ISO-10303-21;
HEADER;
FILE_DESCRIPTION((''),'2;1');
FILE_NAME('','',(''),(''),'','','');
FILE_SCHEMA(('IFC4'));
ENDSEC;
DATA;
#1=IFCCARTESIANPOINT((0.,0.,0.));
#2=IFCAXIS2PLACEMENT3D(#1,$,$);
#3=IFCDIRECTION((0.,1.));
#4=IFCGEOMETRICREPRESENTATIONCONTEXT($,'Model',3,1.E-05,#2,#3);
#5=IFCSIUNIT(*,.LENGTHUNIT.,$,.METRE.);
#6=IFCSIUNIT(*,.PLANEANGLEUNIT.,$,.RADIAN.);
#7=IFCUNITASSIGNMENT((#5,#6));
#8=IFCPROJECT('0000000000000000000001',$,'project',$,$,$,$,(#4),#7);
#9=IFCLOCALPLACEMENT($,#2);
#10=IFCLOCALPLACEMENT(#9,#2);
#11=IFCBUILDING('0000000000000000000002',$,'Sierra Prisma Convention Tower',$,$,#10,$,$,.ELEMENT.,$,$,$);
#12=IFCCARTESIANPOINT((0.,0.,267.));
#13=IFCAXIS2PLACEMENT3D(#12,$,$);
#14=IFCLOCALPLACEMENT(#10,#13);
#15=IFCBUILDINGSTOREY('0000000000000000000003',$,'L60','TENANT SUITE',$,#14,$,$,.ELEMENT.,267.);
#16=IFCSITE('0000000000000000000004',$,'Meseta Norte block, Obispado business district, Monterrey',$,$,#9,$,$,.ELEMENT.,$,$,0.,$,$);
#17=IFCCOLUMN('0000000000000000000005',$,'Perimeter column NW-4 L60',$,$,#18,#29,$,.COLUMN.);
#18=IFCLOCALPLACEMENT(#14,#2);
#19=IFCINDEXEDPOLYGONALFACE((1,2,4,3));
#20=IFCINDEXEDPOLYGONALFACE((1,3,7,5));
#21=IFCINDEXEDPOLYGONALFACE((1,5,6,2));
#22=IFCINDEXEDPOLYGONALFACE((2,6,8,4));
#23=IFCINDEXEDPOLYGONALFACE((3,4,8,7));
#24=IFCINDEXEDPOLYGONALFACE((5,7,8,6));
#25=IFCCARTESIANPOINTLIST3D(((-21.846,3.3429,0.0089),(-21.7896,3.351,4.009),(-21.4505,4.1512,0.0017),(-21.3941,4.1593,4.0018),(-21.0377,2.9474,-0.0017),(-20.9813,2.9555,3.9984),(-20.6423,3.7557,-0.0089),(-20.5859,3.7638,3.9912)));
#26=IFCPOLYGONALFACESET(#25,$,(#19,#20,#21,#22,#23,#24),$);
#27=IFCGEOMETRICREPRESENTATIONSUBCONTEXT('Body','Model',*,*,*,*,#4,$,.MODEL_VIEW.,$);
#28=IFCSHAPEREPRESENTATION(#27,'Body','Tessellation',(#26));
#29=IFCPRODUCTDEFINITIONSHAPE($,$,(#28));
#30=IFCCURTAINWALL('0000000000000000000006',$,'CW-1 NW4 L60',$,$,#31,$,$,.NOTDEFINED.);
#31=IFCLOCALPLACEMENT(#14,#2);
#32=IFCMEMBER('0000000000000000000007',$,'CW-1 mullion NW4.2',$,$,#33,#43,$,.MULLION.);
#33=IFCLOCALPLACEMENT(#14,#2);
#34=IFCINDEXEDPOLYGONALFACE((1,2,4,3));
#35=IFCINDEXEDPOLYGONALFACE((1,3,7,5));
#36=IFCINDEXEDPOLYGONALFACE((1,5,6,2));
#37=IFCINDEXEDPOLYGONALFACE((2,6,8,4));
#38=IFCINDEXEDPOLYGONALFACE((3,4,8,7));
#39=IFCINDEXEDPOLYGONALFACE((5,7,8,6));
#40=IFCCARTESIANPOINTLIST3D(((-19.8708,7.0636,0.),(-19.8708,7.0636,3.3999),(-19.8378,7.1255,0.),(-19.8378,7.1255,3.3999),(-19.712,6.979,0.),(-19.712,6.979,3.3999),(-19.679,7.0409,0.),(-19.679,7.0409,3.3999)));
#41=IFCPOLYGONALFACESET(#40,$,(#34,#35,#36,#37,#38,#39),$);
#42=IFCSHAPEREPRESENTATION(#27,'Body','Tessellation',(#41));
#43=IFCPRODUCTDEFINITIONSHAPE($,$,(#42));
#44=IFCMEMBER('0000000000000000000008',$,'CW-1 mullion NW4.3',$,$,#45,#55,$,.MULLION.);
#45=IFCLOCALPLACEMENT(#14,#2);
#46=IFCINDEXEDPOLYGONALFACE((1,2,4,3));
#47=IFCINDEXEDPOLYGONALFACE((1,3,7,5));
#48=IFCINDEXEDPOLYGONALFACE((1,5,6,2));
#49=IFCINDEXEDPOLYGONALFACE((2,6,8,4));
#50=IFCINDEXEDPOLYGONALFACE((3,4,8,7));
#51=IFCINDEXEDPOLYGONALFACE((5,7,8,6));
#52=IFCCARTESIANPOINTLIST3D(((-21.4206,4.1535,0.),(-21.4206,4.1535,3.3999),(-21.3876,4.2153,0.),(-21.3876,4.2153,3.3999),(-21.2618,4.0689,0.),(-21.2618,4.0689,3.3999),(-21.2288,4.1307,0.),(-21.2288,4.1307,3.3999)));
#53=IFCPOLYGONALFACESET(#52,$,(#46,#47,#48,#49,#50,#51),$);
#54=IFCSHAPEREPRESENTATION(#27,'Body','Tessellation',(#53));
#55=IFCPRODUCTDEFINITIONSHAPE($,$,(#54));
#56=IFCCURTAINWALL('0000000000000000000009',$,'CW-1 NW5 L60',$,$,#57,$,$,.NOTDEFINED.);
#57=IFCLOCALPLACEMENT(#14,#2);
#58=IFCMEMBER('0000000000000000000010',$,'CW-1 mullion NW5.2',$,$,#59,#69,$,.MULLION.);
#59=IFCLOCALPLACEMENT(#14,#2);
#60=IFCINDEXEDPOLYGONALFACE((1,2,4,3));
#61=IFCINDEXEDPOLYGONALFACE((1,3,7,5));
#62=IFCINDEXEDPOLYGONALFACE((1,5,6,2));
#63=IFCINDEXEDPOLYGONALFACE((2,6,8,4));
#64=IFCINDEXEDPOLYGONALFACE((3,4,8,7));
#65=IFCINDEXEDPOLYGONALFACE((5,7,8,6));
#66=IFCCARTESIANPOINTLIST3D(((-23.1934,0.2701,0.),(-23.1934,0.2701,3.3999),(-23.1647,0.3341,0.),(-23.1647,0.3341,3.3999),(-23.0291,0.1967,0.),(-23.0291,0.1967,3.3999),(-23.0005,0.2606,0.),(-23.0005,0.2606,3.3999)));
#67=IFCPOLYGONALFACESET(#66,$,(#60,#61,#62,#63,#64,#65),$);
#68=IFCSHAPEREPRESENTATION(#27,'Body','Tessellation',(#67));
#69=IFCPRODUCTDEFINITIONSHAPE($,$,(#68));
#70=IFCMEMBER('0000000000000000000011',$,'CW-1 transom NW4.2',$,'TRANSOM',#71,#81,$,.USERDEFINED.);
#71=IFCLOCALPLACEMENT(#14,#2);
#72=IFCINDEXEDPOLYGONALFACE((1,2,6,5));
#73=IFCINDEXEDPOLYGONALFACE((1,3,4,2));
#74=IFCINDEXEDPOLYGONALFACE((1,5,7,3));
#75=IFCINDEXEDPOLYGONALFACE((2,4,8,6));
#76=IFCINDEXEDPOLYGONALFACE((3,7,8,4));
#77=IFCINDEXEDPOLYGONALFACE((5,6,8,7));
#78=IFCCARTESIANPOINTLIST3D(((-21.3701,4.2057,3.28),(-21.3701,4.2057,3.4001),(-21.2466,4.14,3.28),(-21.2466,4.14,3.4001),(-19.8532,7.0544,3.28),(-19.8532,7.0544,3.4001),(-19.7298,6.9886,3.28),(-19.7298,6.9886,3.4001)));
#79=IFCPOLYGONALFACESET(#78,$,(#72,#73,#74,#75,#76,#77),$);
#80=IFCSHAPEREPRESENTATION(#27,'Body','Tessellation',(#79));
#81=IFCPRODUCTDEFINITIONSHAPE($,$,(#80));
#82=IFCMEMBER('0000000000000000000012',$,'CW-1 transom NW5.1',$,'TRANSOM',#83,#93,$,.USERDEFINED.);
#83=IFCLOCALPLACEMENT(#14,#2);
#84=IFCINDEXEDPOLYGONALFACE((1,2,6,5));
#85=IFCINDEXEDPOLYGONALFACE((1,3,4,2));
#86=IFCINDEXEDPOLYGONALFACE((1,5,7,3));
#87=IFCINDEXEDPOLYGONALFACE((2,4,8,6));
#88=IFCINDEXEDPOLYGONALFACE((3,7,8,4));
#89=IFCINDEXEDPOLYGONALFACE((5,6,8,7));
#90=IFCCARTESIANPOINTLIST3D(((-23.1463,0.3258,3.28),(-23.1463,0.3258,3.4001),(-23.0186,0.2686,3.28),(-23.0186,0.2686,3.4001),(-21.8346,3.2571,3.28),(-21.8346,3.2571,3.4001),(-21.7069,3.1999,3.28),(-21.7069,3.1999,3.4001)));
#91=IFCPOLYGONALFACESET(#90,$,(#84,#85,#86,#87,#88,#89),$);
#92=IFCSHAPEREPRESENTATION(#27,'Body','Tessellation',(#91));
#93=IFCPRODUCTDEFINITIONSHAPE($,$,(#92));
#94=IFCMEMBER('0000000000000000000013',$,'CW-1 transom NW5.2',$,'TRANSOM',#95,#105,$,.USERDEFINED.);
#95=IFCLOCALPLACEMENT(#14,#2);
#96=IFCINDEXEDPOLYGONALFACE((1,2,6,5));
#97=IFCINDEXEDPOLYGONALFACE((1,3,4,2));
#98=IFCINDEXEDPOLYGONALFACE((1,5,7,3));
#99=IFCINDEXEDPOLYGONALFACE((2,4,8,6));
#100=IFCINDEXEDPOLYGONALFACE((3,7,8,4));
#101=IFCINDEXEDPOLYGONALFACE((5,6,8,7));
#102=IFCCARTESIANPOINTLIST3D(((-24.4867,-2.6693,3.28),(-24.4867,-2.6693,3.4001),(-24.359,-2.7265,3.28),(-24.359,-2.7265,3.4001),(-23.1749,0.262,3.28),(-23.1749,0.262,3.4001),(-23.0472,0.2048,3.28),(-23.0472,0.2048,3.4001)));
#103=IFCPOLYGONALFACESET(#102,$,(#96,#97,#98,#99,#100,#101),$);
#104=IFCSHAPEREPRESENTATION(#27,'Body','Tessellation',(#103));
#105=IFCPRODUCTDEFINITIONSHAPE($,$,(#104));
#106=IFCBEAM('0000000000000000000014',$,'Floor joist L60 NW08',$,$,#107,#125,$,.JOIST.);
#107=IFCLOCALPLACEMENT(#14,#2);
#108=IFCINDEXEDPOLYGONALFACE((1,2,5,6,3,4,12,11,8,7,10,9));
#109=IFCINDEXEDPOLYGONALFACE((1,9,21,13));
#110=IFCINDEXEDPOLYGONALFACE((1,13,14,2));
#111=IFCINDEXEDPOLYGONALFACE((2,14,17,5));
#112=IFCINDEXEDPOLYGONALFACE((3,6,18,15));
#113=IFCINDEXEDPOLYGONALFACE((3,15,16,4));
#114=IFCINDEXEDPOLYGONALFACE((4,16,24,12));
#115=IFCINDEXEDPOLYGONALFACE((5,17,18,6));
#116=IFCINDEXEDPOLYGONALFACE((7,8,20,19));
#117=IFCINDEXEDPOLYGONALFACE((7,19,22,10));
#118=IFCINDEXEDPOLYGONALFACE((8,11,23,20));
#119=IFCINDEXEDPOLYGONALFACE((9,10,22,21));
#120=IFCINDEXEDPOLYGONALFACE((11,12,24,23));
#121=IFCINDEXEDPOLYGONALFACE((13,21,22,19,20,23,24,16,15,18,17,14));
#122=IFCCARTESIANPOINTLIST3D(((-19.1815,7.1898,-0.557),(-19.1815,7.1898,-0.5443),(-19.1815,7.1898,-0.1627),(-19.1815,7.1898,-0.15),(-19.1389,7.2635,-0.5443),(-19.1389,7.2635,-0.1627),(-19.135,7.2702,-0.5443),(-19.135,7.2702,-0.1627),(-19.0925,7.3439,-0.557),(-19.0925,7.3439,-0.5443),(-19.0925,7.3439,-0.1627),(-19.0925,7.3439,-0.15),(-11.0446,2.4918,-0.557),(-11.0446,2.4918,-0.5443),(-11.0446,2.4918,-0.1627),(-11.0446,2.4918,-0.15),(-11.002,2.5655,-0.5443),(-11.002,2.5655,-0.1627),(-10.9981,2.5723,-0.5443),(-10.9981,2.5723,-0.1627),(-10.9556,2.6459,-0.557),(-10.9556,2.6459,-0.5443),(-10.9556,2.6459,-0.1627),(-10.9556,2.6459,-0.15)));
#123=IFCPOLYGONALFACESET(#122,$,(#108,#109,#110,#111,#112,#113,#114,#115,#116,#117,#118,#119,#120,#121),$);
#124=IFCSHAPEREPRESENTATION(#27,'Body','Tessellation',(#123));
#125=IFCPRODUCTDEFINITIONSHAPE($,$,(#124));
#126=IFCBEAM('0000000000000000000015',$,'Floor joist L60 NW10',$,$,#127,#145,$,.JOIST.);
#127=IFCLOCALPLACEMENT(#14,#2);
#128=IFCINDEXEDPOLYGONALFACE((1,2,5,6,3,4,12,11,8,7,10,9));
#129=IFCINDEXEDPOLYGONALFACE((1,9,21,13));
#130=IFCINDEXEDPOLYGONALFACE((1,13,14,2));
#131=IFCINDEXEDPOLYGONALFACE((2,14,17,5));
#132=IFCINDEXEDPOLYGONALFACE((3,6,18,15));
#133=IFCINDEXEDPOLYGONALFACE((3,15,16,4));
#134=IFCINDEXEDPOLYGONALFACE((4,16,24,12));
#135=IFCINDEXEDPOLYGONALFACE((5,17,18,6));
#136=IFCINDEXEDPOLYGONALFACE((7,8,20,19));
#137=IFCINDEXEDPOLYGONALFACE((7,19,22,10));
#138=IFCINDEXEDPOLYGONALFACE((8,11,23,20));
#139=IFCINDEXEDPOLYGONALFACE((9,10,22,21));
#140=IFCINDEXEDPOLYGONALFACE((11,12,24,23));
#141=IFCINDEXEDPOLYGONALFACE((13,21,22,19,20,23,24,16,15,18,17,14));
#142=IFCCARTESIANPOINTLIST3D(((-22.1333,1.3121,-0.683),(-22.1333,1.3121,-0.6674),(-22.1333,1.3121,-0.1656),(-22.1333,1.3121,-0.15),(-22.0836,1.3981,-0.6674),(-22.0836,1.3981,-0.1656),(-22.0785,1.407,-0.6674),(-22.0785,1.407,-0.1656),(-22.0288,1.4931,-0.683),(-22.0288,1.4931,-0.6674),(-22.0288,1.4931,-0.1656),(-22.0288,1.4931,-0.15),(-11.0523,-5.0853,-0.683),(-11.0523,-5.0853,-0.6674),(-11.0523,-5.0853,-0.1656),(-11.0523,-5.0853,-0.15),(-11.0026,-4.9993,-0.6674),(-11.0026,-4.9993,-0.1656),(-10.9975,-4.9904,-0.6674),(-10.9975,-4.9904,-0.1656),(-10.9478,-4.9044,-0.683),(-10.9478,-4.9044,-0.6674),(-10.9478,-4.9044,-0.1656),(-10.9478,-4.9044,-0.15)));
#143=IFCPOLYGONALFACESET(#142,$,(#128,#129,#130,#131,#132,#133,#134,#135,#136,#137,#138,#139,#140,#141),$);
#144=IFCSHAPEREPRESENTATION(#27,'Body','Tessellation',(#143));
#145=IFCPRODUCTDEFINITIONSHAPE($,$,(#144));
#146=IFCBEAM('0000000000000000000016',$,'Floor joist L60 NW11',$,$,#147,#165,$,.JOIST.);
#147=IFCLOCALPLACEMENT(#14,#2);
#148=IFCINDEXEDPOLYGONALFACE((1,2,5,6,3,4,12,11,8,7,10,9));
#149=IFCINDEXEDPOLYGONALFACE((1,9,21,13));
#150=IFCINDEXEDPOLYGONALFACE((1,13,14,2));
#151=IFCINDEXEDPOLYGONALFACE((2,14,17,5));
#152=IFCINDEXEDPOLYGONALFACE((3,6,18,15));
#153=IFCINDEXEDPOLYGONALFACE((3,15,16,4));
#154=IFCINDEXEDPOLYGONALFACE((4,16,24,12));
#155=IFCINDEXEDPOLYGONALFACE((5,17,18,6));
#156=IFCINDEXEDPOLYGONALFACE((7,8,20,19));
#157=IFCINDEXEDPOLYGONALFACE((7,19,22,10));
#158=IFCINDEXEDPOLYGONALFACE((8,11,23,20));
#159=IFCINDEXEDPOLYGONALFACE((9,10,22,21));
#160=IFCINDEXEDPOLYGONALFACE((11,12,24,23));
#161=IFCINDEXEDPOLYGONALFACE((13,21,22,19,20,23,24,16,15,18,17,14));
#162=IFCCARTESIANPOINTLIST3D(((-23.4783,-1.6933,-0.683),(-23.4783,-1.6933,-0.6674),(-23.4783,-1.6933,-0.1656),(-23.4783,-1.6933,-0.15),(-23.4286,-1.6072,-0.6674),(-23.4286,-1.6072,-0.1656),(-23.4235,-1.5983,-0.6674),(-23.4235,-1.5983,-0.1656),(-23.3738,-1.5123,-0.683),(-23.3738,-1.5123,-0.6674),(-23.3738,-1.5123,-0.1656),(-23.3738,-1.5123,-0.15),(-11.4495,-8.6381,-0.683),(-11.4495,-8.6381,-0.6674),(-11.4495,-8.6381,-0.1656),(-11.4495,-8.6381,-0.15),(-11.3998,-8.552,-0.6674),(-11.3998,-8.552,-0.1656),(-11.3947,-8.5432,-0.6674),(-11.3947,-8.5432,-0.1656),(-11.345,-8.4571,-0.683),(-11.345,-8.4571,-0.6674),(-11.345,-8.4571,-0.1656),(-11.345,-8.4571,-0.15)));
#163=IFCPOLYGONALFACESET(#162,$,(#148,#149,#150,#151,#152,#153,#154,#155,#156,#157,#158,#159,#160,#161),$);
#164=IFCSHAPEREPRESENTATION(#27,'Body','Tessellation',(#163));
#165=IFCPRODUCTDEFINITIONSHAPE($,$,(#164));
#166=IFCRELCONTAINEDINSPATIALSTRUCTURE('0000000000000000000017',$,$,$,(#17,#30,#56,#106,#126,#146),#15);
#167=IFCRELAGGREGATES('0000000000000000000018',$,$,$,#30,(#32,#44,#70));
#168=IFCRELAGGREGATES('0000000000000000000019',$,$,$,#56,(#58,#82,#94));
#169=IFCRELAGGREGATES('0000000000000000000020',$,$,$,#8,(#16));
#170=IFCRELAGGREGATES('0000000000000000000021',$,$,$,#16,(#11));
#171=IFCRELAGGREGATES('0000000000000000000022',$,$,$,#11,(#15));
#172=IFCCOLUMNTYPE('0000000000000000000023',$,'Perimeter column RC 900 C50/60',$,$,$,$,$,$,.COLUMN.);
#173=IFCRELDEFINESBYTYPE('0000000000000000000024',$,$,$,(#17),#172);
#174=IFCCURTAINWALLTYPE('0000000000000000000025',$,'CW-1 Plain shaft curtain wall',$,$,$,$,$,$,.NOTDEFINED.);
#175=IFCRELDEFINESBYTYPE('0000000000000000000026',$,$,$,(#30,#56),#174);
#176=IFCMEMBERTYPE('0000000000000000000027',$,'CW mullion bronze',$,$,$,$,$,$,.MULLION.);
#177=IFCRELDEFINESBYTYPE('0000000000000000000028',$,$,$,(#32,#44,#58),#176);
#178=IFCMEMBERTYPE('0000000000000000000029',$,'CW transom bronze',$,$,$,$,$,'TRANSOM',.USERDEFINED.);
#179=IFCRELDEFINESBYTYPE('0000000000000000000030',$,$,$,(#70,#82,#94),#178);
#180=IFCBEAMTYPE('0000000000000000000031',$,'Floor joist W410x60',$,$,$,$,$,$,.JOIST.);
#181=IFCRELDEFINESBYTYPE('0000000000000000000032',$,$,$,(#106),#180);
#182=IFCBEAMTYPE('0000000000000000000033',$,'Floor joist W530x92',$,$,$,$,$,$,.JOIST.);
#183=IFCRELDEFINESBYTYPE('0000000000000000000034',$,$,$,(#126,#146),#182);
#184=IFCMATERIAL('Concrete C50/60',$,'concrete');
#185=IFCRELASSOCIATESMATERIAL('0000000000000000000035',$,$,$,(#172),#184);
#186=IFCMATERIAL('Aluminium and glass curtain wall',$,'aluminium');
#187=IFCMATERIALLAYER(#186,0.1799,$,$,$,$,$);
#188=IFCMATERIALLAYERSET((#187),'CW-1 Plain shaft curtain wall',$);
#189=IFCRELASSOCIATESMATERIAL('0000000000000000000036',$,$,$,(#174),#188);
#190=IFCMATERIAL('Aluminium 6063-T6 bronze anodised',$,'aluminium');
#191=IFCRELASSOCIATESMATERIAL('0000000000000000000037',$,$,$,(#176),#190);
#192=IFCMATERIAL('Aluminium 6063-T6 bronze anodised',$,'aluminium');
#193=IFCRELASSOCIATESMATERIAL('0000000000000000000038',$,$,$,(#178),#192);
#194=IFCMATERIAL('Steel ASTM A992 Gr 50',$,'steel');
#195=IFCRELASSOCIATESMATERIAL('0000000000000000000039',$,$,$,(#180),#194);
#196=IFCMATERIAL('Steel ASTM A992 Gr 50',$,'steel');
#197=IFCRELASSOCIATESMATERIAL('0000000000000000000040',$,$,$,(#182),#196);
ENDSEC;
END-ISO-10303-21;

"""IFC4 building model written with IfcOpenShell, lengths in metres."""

from ifc_helpers import new_model, si_unit, direction, frame, origin, origin_2d, place, context, subcontext, project, spatial, rectangle, i_section, extrude, material, layer, layer_set, material_profile, profile_set, type_object, element, aggregate, save


model = new_model("IFC4")

# Units and contexts
model_context = context("Model", 3, precision=1e-05, world=origin(), true_north=direction((0.0, 1.0)))
body_context = subcontext(model_context, "Body", "Model", "MODEL_VIEW")
ifc_project = project(units=[si_unit("LENGTHUNIT", "METRE"), si_unit("PLANEANGLEUNIT", "RADIAN")], contexts=[model_context])

# Site, building, storey
site_placement = place(None, origin())
site = spatial("IfcSite", under=ifc_project, at=site_placement, Name="Meseta Norte block, Obispado business district, Monterrey", CompositionType="ELEMENT", RefElevation=0.0)
building_placement = place(site_placement, origin())
building = spatial("IfcBuilding", under=site, at=building_placement, Name="Sierra Prisma Convention Tower", CompositionType="ELEMENT")
storey_placement = place(building_placement, frame((0.0, 0.0, 267.0)))
storey = spatial("IfcBuildingStorey", under=building, at=storey_placement, Name="L60", Description="TENANT SUITE", CompositionType="ELEMENT", Elevation=267.0)

# Column
ifc_material_1 = material(Name="Concrete C50/60", Category="concrete")
ifc_material_profile_1 = material_profile(ifc_material_1, rectangle(XDim=0.8999, YDim=0.8999, at=origin_2d()), Name="Perimeter column RC 900 C50/60")
ifc_profile_set_1 = profile_set([ifc_material_profile_1], Name="Concrete C50/60")
column_type = type_object("IfcColumnType", Name="Perimeter column RC 900 C50/60", PredefinedType="COLUMN", material=ifc_profile_set_1)
column_placement = place(storey_placement, frame((-21.2441, 3.5493, 0.0), z_axis=(0.014098, 0.002014, 0.999899), x_axis=(0.43945, 0.898231, -0.008005)))
element("IfcColumn", 1, at=column_placement, inside=storey, type_object=column_type, Name="Perimeter column NW-4 L60", PredefinedType="COLUMN", context=body_context, shape_type="SweptSolid", body=[
    extrude(rectangle(XDim=0.8999, YDim=0.8999, at=origin_2d()), origin(), (0.0, 0.0, 1.0), 4.0005),
])

# Curtain wall, members
ifc_material_2 = material(Name="Aluminium and glass curtain wall", Category="aluminium")
ifc_layer_1 = layer(ifc_material_2, 0.1799)
ifc_layer_set_1 = layer_set([ifc_layer_1], Name="CW-1 Plain shaft curtain wall")
curtain_wall_type = type_object("IfcCurtainWallType", Name="CW-1 Plain shaft curtain wall", PredefinedType="NOTDEFINED", material=ifc_layer_set_1)
curtain_wall_1_placement = place(storey_placement, origin())
curtain_wall_1 = element("IfcCurtainWall", 2, at=curtain_wall_1_placement, inside=storey, type_object=curtain_wall_type, Name="CW-1 NW4 L60", PredefinedType="NOTDEFINED")
ifc_material_3 = material(Name="Aluminium 6063-T6 bronze anodised", Category="aluminium")
ifc_material_profile_2 = material_profile(ifc_material_3, rectangle(XDim=0.1799, YDim=0.0701, at=origin_2d()), Name="ALU MULLION 70x180")
ifc_profile_set_2 = profile_set([ifc_material_profile_2], Name="Aluminium 6063-T6 bronze anodised")
member_type_1 = type_object("IfcMemberType", Name="CW mullion bronze", PredefinedType="MULLION", material=ifc_profile_set_2)
member_1_placement = place(storey_placement, frame((-19.7749, 7.0522, 0.0), z_axis=(0.0, 0.0, 1.0), x_axis=(0.882654, -0.470023, 0.0)))
member_1 = element("IfcMember", 3, at=member_1_placement, type_object=member_type_1, Name="CW-1 mullion NW4.2", PredefinedType="MULLION", context=body_context, shape_type="SweptSolid", body=[
    extrude(rectangle(XDim=0.1799, YDim=0.0701, at=origin_2d()), origin(), (0.0, 0.0, 1.0), 3.3999),
])
member_2_placement = place(storey_placement, frame((-21.3247, 4.1421, 0.0), z_axis=(0.0, 0.0, 1.0), x_axis=(0.882654, -0.470023, 0.0)))
member_2 = element("IfcMember", 4, at=member_2_placement, type_object=member_type_1, Name="CW-1 mullion NW4.3", PredefinedType="MULLION", context=body_context, shape_type="SweptSolid", body=[
    extrude(rectangle(XDim=0.1799, YDim=0.0701, at=origin_2d()), origin(), (0.0, 0.0, 1.0), 3.3999),
])

# Curtain wall, member
curtain_wall_2_placement = place(storey_placement, origin())
curtain_wall_2 = element("IfcCurtainWall", 5, at=curtain_wall_2_placement, inside=storey, type_object=curtain_wall_type, Name="CW-1 NW5 L60", PredefinedType="NOTDEFINED")
member_3_placement = place(storey_placement, frame((-23.0969, 0.2654, 0.0), z_axis=(0.0, 0.0, 1.0), x_axis=(0.912782, -0.408447, 0.0)))
member_3 = element("IfcMember", 6, at=member_3_placement, type_object=member_type_1, Name="CW-1 mullion NW5.2", PredefinedType="MULLION", context=body_context, shape_type="SweptSolid", body=[
    extrude(rectangle(XDim=0.1799, YDim=0.0701, at=origin_2d()), origin(), (0.0, 0.0, 1.0), 3.3999),
])

# Members
ifc_material_4 = material(Name="Aluminium 6063-T6 bronze anodised", Category="aluminium")
ifc_material_profile_3 = material_profile(ifc_material_4, rectangle(XDim=0.1399, YDim=0.1201, at=origin_2d()), Name="ALU TRANSOM 120x140")
ifc_profile_set_3 = profile_set([ifc_material_profile_3], Name="Aluminium 6063-T6 bronze anodised")
member_type_2 = type_object("IfcMemberType", Name="CW transom bronze", ElementType="TRANSOM", PredefinedType="USERDEFINED", material=ifc_profile_set_3)
member_4_placement = place(storey_placement, frame((-19.7915, 7.0215, 3.3401), z_axis=(-0.470003, -0.882665, 0.0), x_axis=(0.882665, -0.470003, 0.0)))
member_4 = element("IfcMember", 7, at=member_4_placement, type_object=member_type_2, Name="CW-1 transom NW4.2", ObjectType="TRANSOM", PredefinedType="USERDEFINED", context=body_context, shape_type="SweptSolid", body=[
    extrude(rectangle(XDim=0.1399, YDim=0.1201, at=origin_2d()), origin(), (0.0, 0.0, 1.0), 3.2273),
])
member_5_placement = place(storey_placement, frame((-21.7708, 3.2285, 3.3401), z_axis=(-0.408458, -0.912777, 0.0), x_axis=(0.912777, -0.408458, 0.0)))
member_5 = element("IfcMember", 8, at=member_5_placement, type_object=member_type_2, Name="CW-1 transom NW5.1", ObjectType="TRANSOM", PredefinedType="USERDEFINED", context=body_context, shape_type="SweptSolid", body=[
    extrude(rectangle(XDim=0.1399, YDim=0.1201, at=origin_2d()), origin(), (0.0, 0.0, 1.0), 3.2114),
])
member_6_placement = place(storey_placement, frame((-23.1111, 0.2334, 3.3401), z_axis=(-0.408458, -0.912777, 0.0), x_axis=(0.912777, -0.408458, 0.0)))
member_6 = element("IfcMember", 9, at=member_6_placement, type_object=member_type_2, Name="CW-1 transom NW5.2", ObjectType="TRANSOM", PredefinedType="USERDEFINED", context=body_context, shape_type="SweptSolid", body=[
    extrude(rectangle(XDim=0.1399, YDim=0.1201, at=origin_2d()), origin(), (0.0, 0.0, 1.0), 3.2114),
])

# Beams
ifc_material_5 = material(Name="Steel ASTM A992 Gr 50", Category="steel")
ifc_material_profile_4 = material_profile(ifc_material_5, i_section(OverallWidth=0.178, OverallDepth=0.407, WebThickness=0.0078, FlangeThickness=0.0127, at=origin_2d()), Name="W410x60")
ifc_profile_set_4 = profile_set([ifc_material_profile_4], Name="Steel ASTM A992 Gr 50")
beam_type_1 = type_object("IfcBeamType", Name="Floor joist W410x60", PredefinedType="JOIST", material=ifc_profile_set_4)
beam_1_placement = place(storey_placement, frame((-19.137, 7.2668, -0.3535), z_axis=(0.86602, -0.50001, 0.0), x_axis=(0.50001, 0.86602, 0.0)))
element("IfcBeam", 10, at=beam_1_placement, inside=storey, type_object=beam_type_1, Name="Floor joist L60 NW08", PredefinedType="JOIST", context=body_context, shape_type="SweptSolid", body=[
    extrude(i_section(OverallWidth=0.178, OverallDepth=0.407, WebThickness=0.0078, FlangeThickness=0.0127, at=origin_2d()), origin(), (0.0, 0.0, 1.0), 9.3958),
])
ifc_material_6 = material(Name="Steel ASTM A992 Gr 50", Category="steel")
ifc_material_profile_5 = material_profile(ifc_material_6, i_section(OverallWidth=0.209, OverallDepth=0.533, WebThickness=0.0103, FlangeThickness=0.0156, at=origin_2d()), Name="W530x92")
ifc_profile_set_5 = profile_set([ifc_material_profile_5], Name="Steel ASTM A992 Gr 50")
beam_type_2 = type_object("IfcBeamType", Name="Floor joist W530x92", PredefinedType="JOIST", material=ifc_profile_set_5)
beam_2_placement = place(storey_placement, frame((-22.0811, 1.4026, -0.4165), z_axis=(0.866032, -0.499989, 0.0), x_axis=(0.499989, 0.866032, 0.0)))
element("IfcBeam", 11, at=beam_2_placement, inside=storey, type_object=beam_type_2, Name="Floor joist L60 NW10", PredefinedType="JOIST", context=body_context, shape_type="SweptSolid", body=[
    extrude(i_section(OverallWidth=0.209, OverallDepth=0.533, WebThickness=0.0103, FlangeThickness=0.0156, at=origin_2d()), origin(), (0.0, 0.0, 1.0), 12.7952),
])
beam_3_placement = place(storey_placement, frame((-23.426, -1.6028, -0.4165), z_axis=(0.866026, -0.499999, 0.0), x_axis=(0.499999, 0.866026, 0.0)))
element("IfcBeam", 12, at=beam_3_placement, inside=storey, type_object=beam_type_2, Name="Floor joist L60 NW11", PredefinedType="JOIST", context=body_context, shape_type="SweptSolid", body=[
    extrude(i_section(OverallWidth=0.209, OverallDepth=0.533, WebThickness=0.0103, FlangeThickness=0.0156, at=origin_2d()), origin(), (0.0, 0.0, 1.0), 13.8896),
])

aggregate(curtain_wall_1, [member_1, member_2, member_4])
aggregate(curtain_wall_2, [member_3, member_5, member_6])

save(model, "model.ifc")
